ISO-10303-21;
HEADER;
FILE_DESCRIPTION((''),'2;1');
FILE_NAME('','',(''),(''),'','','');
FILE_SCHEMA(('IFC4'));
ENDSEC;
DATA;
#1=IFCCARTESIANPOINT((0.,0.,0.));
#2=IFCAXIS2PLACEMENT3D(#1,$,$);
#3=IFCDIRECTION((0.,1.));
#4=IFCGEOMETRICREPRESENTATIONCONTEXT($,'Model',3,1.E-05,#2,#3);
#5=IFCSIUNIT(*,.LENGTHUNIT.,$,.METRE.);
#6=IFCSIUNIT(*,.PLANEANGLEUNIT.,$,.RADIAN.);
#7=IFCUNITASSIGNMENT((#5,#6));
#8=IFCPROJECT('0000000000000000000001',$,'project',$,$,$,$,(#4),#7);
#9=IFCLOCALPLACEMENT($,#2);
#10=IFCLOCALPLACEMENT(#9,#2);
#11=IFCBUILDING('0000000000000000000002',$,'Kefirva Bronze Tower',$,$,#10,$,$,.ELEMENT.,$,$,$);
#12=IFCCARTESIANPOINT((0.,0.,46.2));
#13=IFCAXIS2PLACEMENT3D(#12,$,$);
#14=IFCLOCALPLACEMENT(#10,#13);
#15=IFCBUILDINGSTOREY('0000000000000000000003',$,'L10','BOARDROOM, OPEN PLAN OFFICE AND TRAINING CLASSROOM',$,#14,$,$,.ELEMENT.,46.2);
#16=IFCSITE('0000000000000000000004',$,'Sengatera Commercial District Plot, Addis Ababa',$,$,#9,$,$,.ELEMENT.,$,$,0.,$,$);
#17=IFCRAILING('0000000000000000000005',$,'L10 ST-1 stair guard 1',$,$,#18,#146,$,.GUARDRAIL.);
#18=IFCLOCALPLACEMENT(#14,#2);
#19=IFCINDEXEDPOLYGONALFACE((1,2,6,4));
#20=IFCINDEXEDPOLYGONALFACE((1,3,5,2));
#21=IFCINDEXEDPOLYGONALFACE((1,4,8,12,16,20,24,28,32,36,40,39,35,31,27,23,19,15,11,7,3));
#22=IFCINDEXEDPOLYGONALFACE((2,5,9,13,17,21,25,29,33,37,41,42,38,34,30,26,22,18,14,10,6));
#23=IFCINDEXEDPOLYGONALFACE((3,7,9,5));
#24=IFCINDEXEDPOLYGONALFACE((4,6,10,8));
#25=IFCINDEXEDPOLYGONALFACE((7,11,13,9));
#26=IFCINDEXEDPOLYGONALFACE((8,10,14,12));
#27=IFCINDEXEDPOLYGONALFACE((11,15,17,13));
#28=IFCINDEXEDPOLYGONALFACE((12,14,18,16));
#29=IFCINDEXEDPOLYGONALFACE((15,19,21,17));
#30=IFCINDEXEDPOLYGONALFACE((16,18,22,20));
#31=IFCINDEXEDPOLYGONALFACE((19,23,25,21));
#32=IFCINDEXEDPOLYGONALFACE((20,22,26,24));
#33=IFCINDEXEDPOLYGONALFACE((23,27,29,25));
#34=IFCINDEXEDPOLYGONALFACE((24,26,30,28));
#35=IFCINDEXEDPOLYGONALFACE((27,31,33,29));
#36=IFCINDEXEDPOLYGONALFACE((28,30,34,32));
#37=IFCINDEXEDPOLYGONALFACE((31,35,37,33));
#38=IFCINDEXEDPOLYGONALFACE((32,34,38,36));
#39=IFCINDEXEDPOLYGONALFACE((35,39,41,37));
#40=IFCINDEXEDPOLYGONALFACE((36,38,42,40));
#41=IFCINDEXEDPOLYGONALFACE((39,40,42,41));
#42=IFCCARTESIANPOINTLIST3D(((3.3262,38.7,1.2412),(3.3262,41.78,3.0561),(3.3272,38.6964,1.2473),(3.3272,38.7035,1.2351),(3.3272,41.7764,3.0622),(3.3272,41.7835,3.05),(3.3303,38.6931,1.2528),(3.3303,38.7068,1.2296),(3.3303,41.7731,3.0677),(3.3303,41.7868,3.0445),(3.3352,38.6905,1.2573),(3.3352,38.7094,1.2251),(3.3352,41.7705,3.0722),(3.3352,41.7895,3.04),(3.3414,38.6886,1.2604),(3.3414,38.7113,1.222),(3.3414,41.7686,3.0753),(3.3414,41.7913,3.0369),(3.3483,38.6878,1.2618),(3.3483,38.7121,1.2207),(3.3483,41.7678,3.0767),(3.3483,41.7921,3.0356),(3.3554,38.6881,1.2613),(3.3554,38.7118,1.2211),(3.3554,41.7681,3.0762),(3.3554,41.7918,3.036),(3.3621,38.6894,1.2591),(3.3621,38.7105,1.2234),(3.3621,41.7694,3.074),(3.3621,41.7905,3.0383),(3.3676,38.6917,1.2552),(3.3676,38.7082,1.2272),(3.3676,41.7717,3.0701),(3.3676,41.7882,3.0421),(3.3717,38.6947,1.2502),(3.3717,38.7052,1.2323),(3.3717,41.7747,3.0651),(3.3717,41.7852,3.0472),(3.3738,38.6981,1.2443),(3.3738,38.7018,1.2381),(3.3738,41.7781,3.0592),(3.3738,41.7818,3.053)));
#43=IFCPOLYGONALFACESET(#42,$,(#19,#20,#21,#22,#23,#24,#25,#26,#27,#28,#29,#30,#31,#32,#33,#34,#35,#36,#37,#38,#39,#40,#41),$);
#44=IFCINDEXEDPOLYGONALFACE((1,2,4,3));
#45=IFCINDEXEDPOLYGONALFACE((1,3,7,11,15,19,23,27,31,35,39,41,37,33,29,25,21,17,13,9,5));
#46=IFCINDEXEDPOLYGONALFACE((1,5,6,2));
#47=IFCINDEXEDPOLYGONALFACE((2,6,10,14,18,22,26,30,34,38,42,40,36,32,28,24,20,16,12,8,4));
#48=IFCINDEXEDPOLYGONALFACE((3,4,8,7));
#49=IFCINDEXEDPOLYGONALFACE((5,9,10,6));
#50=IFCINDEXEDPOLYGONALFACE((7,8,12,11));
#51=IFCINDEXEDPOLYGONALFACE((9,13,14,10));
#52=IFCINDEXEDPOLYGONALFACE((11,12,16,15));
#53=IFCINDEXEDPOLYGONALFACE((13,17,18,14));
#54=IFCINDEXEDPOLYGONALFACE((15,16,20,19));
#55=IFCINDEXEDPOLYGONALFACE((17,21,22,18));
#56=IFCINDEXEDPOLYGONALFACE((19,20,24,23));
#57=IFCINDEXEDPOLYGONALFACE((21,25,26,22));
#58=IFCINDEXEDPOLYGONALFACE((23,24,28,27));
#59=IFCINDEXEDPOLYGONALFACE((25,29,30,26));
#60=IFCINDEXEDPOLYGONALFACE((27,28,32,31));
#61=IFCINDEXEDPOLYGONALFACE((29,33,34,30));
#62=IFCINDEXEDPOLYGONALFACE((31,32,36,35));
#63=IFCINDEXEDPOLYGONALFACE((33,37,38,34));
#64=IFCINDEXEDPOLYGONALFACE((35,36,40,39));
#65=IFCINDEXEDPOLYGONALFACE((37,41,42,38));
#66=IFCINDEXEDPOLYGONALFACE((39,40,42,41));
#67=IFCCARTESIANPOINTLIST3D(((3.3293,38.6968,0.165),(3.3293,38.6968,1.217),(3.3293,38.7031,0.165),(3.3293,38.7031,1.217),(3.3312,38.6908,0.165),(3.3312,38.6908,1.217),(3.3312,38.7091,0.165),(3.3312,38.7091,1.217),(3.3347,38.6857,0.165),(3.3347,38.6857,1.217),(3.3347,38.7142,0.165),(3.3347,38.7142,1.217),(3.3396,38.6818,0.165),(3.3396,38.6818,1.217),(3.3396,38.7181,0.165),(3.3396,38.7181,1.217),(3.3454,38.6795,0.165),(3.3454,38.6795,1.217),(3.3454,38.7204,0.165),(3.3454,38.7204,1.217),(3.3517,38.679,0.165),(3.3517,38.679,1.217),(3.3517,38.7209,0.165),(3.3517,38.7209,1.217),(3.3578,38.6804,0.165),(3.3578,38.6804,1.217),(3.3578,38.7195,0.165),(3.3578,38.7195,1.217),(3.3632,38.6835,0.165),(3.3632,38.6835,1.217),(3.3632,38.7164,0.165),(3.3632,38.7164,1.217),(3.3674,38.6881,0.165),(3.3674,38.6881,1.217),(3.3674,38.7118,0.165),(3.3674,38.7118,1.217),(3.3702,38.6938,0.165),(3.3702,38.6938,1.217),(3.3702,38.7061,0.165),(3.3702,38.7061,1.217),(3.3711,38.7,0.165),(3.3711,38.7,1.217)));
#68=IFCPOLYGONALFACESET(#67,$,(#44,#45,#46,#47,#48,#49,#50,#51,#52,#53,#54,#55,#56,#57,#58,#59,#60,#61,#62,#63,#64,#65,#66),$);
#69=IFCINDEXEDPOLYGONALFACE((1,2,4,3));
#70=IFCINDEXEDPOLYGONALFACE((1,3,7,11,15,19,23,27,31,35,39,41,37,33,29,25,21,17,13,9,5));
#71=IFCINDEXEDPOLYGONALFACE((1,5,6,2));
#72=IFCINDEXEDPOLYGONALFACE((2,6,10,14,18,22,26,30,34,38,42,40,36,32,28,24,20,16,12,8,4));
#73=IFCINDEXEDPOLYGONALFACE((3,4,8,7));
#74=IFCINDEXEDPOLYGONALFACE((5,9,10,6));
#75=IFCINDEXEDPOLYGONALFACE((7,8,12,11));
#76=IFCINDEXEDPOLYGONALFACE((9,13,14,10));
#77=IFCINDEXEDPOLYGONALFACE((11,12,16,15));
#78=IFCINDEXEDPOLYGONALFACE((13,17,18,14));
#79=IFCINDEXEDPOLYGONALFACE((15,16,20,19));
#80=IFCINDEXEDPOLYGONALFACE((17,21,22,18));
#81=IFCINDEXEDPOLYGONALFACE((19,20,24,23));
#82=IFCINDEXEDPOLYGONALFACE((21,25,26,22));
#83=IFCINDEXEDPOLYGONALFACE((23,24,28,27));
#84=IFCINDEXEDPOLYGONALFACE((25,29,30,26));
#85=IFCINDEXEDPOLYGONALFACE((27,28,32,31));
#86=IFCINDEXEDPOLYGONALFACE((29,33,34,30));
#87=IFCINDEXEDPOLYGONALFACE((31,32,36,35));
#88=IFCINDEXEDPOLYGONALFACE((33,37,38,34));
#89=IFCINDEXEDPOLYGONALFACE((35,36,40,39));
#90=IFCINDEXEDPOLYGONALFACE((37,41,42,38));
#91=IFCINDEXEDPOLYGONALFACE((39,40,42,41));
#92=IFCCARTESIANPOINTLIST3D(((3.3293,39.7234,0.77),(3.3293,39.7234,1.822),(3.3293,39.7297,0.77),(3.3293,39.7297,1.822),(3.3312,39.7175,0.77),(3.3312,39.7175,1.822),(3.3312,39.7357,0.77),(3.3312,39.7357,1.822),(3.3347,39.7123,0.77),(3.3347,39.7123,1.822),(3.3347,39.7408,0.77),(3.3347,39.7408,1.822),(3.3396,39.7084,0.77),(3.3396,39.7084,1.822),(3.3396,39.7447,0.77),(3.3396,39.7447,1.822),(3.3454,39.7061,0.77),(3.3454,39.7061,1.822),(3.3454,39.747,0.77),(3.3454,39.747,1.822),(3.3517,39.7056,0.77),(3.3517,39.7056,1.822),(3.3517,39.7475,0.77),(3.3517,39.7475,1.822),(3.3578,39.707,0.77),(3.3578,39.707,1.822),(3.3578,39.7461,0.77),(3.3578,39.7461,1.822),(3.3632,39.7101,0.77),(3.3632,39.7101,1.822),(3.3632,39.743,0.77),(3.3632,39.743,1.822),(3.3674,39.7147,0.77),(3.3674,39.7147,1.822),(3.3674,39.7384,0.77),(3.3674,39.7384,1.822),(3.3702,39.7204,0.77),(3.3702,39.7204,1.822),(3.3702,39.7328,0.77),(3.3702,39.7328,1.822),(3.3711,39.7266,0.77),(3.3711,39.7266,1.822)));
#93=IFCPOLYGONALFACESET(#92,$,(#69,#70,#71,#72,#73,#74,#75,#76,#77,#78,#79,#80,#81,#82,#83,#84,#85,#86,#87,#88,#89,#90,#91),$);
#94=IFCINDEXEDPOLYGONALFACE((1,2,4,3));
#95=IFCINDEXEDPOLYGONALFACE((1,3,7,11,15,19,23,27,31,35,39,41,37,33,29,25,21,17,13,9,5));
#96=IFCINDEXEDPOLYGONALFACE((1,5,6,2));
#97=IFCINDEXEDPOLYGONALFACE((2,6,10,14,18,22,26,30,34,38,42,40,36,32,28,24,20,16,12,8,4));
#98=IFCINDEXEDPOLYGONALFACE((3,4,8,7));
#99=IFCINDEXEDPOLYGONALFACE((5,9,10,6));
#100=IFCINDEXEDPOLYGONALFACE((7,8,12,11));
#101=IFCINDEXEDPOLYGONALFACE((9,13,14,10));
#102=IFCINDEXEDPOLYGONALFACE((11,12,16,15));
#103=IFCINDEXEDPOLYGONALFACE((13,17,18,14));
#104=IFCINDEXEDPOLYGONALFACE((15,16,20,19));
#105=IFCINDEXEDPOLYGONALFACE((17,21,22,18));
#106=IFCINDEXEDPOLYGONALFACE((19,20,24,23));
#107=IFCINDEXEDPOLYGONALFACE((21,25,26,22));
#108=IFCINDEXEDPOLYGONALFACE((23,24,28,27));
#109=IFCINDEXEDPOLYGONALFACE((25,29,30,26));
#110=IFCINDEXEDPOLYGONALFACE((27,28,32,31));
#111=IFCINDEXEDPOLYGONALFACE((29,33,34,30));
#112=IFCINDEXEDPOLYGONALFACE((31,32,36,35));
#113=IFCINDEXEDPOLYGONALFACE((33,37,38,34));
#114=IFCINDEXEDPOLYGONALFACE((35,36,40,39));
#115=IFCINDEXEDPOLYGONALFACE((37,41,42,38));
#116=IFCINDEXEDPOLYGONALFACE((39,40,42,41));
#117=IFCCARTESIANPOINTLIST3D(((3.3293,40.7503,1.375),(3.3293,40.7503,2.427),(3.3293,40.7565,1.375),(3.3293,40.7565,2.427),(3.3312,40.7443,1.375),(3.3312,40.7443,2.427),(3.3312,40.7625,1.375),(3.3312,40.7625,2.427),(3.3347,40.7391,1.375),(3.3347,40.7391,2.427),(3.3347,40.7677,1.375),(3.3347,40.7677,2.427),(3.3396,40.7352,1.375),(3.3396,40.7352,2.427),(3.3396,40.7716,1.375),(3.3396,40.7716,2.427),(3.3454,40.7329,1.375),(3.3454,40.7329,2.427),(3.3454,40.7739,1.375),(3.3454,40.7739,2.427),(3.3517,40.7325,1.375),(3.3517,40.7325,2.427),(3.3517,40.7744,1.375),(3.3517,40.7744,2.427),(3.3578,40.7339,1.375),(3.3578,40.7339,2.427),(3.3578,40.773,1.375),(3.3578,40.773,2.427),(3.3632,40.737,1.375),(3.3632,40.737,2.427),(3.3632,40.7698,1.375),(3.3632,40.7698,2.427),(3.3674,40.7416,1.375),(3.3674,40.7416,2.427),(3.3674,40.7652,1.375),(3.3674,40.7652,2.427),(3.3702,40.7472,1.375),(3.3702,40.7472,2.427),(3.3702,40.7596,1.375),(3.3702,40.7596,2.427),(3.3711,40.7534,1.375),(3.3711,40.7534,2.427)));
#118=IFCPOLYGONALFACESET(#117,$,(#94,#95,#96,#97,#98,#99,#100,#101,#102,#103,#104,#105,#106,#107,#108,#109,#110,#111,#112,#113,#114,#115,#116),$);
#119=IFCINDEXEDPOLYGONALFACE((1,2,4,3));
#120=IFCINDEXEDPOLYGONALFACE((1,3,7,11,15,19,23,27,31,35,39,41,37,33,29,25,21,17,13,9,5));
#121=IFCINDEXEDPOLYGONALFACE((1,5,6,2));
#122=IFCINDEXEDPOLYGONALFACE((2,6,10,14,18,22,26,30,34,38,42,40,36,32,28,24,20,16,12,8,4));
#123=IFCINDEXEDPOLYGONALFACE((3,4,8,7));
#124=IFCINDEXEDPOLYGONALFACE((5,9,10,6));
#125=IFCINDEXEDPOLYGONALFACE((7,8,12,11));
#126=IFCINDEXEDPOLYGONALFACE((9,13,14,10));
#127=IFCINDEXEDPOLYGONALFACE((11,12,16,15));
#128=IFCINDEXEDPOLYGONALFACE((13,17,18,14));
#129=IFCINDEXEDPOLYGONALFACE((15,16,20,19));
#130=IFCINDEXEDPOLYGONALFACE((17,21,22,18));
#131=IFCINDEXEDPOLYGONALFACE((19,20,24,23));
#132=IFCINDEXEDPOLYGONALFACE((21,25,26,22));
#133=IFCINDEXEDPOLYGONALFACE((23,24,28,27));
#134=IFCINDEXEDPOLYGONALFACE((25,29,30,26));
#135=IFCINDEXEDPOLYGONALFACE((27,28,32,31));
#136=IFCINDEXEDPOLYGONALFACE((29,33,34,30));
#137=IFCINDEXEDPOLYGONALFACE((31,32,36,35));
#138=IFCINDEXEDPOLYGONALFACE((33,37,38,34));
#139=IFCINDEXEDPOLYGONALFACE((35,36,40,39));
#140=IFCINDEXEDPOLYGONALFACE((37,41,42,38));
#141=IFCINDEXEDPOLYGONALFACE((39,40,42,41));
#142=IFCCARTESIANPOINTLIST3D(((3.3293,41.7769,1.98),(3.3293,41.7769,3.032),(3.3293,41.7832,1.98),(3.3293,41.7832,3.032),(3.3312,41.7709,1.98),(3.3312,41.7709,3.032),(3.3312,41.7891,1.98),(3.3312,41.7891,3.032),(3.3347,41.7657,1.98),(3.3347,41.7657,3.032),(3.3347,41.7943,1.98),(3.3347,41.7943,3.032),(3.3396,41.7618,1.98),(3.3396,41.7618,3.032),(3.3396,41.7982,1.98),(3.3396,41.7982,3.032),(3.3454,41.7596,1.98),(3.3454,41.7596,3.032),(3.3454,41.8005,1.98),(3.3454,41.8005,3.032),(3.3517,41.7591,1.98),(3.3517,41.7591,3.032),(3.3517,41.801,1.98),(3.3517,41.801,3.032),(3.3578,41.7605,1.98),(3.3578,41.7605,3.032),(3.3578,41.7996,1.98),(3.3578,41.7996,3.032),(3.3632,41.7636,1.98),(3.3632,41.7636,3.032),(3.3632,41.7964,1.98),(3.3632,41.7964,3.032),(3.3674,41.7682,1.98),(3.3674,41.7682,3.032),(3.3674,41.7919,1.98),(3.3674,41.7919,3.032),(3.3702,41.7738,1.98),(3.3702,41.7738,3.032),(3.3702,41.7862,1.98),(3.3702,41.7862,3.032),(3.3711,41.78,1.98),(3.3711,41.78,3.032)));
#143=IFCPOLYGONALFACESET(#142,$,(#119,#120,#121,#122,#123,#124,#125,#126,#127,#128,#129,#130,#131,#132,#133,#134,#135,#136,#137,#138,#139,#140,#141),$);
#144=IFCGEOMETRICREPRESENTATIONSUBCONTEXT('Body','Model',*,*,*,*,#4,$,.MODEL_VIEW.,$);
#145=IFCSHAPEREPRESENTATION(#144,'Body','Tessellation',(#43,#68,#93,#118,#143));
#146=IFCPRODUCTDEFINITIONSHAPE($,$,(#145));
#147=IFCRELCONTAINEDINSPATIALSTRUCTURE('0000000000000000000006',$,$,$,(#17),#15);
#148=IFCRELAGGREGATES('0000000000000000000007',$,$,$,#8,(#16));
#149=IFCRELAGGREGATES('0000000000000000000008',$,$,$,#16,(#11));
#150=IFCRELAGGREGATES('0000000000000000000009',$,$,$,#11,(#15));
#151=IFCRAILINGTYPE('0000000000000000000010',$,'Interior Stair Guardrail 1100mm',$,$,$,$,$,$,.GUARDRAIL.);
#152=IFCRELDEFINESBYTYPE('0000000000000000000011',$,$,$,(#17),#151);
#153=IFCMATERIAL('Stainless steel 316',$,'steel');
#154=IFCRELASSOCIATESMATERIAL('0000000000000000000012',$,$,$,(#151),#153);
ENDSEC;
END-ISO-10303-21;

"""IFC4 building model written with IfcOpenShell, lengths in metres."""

from ifc_helpers import new_model, si_unit, direction, frame, origin, origin_2d, place, context, subcontext, project, spatial, circle, extrude, material, type_object, element, save


model = new_model("IFC4")

# Units and contexts
model_context = context("Model", 3, precision=1e-05, world=origin(), true_north=direction((0.0, 1.0)))
body_context = subcontext(model_context, "Body", "Model", "MODEL_VIEW")
ifc_project = project(units=[si_unit("LENGTHUNIT", "METRE"), si_unit("PLANEANGLEUNIT", "RADIAN")], contexts=[model_context])

# Site, building, storey
site_placement = place(None, origin())
site = spatial("IfcSite", under=ifc_project, at=site_placement, Name="Sengatera Commercial District Plot, Addis Ababa", CompositionType="ELEMENT", RefElevation=0.0)
building_placement = place(site_placement, origin())
building = spatial("IfcBuilding", under=site, at=building_placement, Name="Kefirva Bronze Tower", CompositionType="ELEMENT")
storey_placement = place(building_placement, frame((0.0, 0.0, 46.2)))
storey = spatial("IfcBuildingStorey", under=building, at=storey_placement, Name="L10", Description="BOARDROOM, OPEN PLAN OFFICE AND TRAINING CLASSROOM", CompositionType="ELEMENT", Elevation=46.2)

# Railing
ifc_material_1 = material(Name="Stainless steel 316", Category="steel")
railing_type_1 = type_object("IfcRailingType", Name="Interior Stair Guardrail 1100mm", PredefinedType="GUARDRAIL", material=ifc_material_1)
railing_1_placement = place(storey_placement, frame((3.3501, 38.7, 0.165)))
element("IfcRailing", 1, at=railing_1_placement, inside=storey, type_object=railing_type_1, Name="L10 ST-1 stair guard 1", PredefinedType="GUARDRAIL", context=body_context, shape_type="SweptSolid", body=[
    extrude(circle(Radius=0.0239, at=origin_2d()), frame((0.0, 0.0, 1.0762), z_axis=(0.0, 0.861551, 0.507671), x_axis=(-1.0, 0.0, 0.0)), (0.0, 0.0, 1.0), 3.575),
    extrude(circle(Radius=0.021, at=origin_2d()), origin(), (0.0, 0.0, 1.0), 1.052),
    extrude(circle(Radius=0.021, at=origin_2d()), frame((0.0, 1.0266, 0.605)), (0.0, 0.0, 1.0), 1.052),
    extrude(circle(Radius=0.021, at=origin_2d()), frame((0.0, 2.0535, 1.21)), (0.0, 0.0, 1.0), 1.052),
    extrude(circle(Radius=0.021, at=origin_2d()), frame((0.0, 3.0801, 1.8149)), (0.0, 0.0, 1.0), 1.052),
])

save(model, "model.ifc")
